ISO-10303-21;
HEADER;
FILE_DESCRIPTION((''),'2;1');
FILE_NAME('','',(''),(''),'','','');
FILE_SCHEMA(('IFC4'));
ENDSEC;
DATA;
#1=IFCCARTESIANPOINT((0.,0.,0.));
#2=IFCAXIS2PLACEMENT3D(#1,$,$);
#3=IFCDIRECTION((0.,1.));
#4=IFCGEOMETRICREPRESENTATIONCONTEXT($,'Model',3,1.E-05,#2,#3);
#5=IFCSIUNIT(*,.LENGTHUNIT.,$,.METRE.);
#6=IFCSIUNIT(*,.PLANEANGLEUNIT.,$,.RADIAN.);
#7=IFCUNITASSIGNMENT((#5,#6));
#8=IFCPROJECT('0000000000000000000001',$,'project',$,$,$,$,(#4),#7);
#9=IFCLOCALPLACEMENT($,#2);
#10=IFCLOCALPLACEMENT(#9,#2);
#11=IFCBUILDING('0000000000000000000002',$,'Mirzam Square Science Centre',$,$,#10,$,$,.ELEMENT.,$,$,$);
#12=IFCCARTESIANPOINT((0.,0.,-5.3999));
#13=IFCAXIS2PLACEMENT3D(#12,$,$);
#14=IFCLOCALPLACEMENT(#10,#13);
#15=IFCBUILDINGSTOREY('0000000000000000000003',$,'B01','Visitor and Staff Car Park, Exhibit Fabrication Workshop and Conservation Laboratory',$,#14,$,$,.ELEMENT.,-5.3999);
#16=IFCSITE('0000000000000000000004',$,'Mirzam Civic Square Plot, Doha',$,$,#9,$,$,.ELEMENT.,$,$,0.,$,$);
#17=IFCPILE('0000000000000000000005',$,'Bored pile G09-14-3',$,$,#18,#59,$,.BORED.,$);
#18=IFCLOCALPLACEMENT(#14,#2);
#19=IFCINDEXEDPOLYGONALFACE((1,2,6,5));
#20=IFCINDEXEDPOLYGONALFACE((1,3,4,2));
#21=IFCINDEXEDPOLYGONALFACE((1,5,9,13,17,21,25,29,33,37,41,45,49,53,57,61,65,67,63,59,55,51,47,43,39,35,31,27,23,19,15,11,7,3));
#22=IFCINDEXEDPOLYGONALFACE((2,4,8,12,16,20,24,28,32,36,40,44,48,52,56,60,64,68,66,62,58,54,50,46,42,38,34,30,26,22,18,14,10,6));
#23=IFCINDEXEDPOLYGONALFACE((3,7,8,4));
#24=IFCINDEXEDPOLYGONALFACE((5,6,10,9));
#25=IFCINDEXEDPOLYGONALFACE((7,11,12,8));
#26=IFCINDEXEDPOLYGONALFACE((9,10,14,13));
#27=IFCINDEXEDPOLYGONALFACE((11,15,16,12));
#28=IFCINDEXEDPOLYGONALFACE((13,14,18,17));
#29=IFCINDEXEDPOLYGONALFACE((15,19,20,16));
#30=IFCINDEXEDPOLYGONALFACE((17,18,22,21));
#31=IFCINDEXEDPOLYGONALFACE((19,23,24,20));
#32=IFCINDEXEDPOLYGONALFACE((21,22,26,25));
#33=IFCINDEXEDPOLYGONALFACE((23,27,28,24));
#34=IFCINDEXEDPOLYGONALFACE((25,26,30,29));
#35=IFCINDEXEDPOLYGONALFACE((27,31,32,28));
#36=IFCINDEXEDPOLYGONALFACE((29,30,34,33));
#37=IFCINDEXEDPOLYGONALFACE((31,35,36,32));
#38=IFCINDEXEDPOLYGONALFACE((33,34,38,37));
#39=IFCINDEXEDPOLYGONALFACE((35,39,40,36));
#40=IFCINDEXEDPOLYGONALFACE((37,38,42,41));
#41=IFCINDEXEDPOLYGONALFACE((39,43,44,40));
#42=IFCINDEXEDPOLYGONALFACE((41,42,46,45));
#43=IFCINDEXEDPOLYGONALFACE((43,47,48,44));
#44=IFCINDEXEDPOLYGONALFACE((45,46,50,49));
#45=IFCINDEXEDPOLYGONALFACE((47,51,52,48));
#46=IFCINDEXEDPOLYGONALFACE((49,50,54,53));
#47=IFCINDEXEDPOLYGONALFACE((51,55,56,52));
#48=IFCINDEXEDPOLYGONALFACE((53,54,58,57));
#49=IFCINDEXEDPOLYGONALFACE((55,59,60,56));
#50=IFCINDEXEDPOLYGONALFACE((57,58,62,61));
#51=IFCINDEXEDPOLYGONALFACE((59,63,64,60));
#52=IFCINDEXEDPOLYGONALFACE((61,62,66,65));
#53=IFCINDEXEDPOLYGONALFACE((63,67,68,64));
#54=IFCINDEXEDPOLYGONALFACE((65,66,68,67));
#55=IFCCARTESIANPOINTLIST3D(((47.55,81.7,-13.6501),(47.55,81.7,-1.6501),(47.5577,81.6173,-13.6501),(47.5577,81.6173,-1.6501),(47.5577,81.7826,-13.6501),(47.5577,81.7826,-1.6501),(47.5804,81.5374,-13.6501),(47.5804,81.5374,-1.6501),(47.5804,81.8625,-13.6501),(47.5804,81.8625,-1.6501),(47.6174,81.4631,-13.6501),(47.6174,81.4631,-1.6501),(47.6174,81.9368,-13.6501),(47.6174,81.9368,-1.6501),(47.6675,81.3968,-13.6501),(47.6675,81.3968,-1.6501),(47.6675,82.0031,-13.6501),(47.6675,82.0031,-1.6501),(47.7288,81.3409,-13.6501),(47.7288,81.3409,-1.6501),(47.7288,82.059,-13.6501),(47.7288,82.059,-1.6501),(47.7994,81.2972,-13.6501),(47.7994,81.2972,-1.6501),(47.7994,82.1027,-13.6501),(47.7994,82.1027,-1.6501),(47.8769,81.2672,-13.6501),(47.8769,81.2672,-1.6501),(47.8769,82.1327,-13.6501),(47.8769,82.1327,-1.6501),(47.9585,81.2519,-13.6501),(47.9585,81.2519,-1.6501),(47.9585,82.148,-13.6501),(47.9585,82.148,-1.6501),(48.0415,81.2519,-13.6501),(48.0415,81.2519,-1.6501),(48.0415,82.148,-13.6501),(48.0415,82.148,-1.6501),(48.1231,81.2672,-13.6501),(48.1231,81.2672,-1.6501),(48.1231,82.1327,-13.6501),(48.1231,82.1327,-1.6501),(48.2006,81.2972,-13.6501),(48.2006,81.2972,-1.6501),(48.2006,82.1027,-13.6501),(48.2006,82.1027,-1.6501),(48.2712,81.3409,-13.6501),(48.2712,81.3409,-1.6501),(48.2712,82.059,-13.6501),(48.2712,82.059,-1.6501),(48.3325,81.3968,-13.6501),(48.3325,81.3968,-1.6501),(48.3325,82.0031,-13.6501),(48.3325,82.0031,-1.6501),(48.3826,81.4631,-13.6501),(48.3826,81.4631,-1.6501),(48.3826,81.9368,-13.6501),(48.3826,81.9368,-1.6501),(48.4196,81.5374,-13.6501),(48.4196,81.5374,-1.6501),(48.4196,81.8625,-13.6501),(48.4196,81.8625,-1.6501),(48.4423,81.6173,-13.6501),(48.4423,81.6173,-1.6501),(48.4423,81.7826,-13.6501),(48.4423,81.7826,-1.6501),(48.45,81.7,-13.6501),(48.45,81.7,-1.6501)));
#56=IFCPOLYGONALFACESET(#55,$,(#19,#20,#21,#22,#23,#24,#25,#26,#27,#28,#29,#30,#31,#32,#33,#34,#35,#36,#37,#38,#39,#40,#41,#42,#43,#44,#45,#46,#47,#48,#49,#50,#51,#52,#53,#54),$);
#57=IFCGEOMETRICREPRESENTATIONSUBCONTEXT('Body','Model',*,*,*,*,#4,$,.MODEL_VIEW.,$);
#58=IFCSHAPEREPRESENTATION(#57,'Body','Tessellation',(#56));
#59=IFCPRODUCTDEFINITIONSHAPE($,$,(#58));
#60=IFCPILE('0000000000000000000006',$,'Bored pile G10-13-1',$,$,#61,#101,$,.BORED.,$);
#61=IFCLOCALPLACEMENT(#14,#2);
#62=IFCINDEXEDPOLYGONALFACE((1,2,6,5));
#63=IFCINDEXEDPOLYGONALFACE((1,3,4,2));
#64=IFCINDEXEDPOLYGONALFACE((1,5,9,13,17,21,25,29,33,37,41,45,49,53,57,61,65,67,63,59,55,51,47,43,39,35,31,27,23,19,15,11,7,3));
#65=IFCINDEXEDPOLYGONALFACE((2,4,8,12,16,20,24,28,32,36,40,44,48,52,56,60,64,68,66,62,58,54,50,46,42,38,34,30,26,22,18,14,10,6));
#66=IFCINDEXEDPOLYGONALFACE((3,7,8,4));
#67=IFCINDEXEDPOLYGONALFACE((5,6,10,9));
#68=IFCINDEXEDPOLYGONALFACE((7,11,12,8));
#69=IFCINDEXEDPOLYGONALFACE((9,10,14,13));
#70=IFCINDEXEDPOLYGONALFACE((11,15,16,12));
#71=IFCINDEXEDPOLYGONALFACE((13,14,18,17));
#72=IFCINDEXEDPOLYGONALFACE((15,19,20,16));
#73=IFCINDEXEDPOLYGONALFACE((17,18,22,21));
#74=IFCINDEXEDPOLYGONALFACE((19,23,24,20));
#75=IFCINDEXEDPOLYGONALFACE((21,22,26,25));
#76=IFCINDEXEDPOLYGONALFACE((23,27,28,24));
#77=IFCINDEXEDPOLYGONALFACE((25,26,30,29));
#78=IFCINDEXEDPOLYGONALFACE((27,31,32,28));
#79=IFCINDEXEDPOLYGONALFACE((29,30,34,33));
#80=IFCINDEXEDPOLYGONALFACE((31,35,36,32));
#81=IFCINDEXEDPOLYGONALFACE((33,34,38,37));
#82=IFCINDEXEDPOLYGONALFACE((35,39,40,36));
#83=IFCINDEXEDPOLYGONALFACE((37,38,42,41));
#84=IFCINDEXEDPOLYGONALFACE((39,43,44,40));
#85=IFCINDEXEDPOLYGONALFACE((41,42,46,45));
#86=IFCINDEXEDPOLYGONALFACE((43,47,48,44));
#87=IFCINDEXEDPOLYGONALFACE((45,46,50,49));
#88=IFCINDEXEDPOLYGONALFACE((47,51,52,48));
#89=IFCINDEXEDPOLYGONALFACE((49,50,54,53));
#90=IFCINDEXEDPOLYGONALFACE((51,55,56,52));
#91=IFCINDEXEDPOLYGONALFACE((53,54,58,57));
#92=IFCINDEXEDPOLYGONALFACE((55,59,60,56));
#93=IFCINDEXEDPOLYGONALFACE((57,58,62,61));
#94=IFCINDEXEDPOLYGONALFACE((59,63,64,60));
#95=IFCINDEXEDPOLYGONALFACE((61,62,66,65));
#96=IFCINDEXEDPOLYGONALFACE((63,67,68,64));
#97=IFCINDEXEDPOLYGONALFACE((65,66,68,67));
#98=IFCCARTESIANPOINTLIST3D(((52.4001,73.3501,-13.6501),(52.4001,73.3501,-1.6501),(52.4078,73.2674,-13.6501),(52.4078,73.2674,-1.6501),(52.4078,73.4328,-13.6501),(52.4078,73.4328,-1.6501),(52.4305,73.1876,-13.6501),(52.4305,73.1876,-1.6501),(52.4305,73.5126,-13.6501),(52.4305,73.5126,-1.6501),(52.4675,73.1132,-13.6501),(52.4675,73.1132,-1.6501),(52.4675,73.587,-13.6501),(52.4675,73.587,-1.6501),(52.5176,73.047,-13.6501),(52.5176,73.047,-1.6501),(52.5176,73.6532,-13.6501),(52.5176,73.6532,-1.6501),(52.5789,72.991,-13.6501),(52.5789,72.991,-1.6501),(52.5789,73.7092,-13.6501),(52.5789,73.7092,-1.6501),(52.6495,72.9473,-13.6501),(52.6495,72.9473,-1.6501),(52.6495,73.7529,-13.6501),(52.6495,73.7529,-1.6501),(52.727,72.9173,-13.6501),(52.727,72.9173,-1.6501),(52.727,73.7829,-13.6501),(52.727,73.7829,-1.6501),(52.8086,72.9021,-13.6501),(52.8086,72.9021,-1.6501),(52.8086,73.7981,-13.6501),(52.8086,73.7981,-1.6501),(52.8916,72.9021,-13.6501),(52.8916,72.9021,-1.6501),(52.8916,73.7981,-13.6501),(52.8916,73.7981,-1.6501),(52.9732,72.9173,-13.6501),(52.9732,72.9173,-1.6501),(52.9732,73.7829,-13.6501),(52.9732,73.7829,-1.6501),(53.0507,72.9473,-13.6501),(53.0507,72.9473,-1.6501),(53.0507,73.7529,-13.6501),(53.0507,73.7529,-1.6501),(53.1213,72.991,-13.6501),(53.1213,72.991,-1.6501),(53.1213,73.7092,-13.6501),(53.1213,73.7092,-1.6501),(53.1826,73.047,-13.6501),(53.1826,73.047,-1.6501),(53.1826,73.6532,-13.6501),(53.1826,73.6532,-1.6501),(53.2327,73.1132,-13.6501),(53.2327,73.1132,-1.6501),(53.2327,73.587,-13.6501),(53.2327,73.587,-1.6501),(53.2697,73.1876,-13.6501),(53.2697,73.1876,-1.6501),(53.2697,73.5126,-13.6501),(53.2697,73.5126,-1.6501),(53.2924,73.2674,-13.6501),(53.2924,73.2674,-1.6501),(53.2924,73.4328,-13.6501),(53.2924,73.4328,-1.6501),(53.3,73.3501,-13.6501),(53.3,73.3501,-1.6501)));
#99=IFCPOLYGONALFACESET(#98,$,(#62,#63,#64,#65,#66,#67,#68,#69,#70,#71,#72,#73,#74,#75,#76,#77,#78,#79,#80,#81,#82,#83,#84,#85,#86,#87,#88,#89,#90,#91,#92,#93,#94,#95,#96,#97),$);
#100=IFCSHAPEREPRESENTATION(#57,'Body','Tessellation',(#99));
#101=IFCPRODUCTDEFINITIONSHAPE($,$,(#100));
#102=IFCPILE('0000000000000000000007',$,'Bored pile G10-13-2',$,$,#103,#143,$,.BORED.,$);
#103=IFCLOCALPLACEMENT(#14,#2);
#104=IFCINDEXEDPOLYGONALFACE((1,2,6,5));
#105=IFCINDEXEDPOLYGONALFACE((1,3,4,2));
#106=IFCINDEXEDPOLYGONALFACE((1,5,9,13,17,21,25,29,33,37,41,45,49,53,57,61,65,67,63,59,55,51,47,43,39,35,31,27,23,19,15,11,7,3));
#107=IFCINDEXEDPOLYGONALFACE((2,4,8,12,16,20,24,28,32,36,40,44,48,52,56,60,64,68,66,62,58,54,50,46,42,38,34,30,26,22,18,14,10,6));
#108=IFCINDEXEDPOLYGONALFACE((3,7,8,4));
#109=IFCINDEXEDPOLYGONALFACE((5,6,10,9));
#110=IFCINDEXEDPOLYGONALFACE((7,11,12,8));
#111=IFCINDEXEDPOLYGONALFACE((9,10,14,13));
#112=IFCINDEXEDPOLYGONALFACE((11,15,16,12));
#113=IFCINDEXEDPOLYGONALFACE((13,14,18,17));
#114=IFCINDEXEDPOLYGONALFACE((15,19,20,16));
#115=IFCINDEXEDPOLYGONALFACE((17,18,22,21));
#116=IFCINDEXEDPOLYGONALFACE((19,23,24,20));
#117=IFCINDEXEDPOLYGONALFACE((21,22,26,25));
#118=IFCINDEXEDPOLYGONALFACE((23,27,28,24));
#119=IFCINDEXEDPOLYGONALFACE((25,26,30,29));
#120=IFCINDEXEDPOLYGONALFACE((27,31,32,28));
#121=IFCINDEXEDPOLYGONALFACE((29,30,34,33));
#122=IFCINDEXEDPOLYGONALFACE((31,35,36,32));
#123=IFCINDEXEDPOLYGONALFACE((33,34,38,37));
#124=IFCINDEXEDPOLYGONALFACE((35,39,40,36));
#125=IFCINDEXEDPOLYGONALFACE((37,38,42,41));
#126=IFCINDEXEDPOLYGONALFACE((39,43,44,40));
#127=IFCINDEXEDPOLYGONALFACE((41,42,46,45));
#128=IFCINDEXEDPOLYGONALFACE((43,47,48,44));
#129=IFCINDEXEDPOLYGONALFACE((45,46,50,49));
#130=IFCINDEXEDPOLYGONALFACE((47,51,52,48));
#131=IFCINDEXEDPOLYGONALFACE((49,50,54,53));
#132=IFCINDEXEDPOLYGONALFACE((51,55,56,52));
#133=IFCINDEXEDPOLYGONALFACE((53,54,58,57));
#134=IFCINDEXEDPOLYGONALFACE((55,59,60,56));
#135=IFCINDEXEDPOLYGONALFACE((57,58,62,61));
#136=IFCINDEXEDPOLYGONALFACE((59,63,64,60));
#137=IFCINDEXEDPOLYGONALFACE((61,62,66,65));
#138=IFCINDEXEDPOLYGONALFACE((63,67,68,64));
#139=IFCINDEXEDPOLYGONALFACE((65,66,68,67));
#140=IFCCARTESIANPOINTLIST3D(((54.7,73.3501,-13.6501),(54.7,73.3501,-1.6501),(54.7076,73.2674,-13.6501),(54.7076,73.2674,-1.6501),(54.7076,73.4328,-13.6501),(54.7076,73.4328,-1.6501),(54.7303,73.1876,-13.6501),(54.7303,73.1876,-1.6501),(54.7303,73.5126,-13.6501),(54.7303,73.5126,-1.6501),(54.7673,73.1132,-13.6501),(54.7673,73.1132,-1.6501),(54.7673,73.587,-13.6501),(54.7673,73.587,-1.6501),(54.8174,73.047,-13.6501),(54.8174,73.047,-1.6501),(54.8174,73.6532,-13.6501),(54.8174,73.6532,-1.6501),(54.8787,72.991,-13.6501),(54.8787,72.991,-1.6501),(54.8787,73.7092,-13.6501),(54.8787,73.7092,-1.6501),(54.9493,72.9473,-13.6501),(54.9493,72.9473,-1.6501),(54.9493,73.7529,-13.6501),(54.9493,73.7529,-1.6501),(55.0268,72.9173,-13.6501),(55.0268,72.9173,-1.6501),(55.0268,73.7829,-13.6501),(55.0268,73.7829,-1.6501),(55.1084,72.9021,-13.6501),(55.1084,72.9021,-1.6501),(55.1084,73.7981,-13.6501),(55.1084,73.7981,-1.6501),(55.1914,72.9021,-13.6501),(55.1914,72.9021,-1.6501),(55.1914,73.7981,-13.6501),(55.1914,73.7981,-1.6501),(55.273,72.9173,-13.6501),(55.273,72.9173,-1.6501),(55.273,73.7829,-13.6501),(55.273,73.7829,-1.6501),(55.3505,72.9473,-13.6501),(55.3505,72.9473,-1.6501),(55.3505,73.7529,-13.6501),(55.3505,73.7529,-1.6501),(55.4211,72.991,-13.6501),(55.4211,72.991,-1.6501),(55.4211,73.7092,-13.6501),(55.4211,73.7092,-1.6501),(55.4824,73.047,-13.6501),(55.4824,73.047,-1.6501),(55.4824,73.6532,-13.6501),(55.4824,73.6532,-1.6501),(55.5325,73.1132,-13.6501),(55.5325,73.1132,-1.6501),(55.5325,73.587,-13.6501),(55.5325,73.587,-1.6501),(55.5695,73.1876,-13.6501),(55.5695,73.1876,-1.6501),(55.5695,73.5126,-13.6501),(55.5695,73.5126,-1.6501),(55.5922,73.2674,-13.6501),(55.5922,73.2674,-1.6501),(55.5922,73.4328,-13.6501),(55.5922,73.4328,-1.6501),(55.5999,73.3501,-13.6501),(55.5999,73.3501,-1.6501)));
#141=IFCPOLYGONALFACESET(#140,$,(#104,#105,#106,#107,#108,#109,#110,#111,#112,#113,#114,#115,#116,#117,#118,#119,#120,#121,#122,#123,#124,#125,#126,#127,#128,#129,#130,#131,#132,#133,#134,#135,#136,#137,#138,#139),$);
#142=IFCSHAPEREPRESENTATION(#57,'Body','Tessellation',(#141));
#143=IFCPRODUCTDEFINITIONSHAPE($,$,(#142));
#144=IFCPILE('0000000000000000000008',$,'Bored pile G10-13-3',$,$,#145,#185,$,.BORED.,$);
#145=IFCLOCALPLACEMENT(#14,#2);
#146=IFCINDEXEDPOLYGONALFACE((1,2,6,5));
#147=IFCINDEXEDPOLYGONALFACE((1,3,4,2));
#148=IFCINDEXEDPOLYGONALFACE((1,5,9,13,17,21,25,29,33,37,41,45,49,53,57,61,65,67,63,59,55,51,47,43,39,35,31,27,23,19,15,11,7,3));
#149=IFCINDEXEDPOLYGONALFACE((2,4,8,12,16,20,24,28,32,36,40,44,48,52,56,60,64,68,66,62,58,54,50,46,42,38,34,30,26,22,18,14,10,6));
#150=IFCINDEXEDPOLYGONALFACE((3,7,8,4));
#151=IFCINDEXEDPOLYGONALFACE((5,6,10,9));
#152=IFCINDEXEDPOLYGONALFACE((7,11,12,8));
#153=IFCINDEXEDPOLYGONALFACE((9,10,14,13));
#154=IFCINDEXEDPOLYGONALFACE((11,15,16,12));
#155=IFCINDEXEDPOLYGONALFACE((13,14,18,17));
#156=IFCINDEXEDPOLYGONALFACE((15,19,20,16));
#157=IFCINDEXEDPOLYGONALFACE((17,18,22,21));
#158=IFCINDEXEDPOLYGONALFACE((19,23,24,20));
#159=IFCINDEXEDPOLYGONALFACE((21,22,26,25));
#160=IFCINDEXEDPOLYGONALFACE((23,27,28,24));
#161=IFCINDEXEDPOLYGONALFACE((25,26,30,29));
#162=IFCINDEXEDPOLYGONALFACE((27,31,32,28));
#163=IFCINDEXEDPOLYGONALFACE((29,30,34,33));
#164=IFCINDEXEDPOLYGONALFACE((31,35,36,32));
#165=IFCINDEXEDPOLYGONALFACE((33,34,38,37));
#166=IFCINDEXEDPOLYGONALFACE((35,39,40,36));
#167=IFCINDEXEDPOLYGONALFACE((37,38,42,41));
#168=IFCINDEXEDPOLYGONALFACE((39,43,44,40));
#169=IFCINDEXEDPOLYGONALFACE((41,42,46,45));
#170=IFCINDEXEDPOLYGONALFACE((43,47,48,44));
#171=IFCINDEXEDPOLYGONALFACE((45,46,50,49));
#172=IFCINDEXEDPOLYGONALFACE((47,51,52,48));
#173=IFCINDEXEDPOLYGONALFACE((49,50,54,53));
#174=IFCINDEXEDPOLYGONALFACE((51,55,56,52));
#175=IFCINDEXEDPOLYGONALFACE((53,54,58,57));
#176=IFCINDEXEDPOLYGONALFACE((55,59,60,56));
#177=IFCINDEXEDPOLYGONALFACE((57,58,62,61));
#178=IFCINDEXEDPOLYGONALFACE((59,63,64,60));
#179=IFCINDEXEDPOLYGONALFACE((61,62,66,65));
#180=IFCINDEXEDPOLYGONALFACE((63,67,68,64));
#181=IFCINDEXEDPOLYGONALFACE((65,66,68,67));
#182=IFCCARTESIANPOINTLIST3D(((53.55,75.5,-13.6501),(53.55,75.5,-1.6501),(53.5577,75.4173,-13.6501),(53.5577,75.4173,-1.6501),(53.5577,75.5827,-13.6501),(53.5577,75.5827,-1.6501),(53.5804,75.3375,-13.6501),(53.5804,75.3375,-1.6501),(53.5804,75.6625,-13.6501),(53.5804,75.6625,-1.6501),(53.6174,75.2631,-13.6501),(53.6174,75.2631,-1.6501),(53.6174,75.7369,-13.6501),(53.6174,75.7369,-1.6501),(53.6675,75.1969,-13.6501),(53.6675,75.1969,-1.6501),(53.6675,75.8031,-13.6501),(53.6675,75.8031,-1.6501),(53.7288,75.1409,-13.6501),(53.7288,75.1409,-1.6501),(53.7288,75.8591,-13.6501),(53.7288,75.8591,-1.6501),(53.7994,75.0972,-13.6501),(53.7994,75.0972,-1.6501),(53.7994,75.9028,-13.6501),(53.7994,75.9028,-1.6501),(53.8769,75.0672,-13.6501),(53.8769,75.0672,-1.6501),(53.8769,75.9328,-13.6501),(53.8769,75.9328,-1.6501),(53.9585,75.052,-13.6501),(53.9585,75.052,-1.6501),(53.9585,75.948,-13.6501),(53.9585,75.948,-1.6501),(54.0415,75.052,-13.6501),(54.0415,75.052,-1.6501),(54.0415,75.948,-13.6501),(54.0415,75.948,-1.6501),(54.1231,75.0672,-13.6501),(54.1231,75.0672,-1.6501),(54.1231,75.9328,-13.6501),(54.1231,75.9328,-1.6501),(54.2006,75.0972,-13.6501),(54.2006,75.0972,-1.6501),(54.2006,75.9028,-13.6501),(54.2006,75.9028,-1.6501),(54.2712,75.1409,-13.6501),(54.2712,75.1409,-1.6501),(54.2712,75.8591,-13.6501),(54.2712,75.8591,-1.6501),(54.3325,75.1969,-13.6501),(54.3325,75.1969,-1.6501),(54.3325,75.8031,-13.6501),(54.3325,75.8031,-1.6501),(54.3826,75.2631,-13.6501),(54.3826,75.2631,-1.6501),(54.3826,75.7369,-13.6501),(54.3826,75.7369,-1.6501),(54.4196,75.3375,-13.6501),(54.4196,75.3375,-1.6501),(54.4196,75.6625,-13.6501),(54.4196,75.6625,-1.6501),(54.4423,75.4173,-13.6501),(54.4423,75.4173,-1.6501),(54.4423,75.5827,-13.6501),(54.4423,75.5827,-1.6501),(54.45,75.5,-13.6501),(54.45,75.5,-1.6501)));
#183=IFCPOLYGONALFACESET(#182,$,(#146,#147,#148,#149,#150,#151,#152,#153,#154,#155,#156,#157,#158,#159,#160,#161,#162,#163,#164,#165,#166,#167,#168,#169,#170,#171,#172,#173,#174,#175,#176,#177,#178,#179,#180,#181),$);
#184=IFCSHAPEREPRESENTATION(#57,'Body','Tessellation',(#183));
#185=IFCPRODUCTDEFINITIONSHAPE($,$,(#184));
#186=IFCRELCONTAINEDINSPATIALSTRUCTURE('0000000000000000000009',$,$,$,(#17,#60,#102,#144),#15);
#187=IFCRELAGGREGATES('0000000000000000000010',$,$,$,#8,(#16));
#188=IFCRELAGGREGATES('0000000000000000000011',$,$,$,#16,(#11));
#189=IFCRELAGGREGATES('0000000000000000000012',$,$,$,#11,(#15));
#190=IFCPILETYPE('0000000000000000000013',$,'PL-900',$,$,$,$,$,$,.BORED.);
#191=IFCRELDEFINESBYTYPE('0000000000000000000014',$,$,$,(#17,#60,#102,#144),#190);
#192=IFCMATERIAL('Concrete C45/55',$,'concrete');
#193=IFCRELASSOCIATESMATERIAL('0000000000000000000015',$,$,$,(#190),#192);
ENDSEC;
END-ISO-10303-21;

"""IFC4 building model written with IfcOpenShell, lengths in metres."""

from ifc_helpers import new_model, si_unit, direction, frame, origin, origin_2d, place, context, subcontext, project, spatial, circle, extrude, material, material_profile, profile_set, type_object, element, save


model = new_model("IFC4")

# Units and contexts
model_context = context("Model", 3, precision=1e-05, world=origin(), true_north=direction((0.0, 1.0)))
body_context = subcontext(model_context, "Body", "Model", "MODEL_VIEW")
ifc_project = project(units=[si_unit("LENGTHUNIT", "METRE"), si_unit("PLANEANGLEUNIT", "RADIAN")], contexts=[model_context])

# Site, building, storey
site_placement = place(None, origin())
site = spatial("IfcSite", under=ifc_project, at=site_placement, Name="Mirzam Civic Square Plot, Doha", CompositionType="ELEMENT", RefElevation=0.0)
building_placement = place(site_placement, origin())
building = spatial("IfcBuilding", under=site, at=building_placement, Name="Mirzam Square Science Centre", CompositionType="ELEMENT")
storey_placement = place(building_placement, frame((0.0, 0.0, -5.3999)))
storey = spatial("IfcBuildingStorey", under=building, at=storey_placement, Name="B01", Description="Visitor and Staff Car Park, Exhibit Fabrication Workshop and Conservation Laboratory", CompositionType="ELEMENT", Elevation=-5.3999)

# Shared definitions
ifc_material = material(Name="Concrete C45/55", Category="concrete")

# Piles
ifc_material_profile_1 = material_profile(ifc_material, circle(Radius=0.45, at=origin_2d()), Name="PILE-D900")
ifc_profile_set_1 = profile_set([ifc_material_profile_1], Name="Concrete C45/55")
pile_type = type_object("IfcPileType", Name="PL-900", PredefinedType="BORED", material=ifc_profile_set_1)
for number, where, z_axis, x_axis, name in (
    (1, (48.0, 81.7, -1.6501), (0.0, 0.0, -1.0), (1.0, 0.0, 0.0), "Bored pile G09-14-3"),
    (2, (52.8501, 73.3501, -1.6501), (0.0, 0.0, -1.0), (1.0, 0.0, 0.0), "Bored pile G10-13-1"),
    (3, (55.1499, 73.3501, -1.6501), (0.0, 0.0, -1.0), (1.0, 0.0, 0.0), "Bored pile G10-13-2"),
    (4, (54.0, 75.5, -1.6501), (0.0, 0.0, -1.0), (1.0, 0.0, 0.0), "Bored pile G10-13-3"),
):
    element("IfcPile", number, at=place(storey_placement, frame(where, z_axis=z_axis, x_axis=x_axis)), inside=storey, type_object=pile_type, Name=name, PredefinedType="BORED", context=body_context, shape_type="SweptSolid", body=[
        extrude(circle(Radius=0.45, at=origin_2d()), origin(), (0.0, 0.0, 1.0), 12.0),
    ])

save(model, "model.ifc")
